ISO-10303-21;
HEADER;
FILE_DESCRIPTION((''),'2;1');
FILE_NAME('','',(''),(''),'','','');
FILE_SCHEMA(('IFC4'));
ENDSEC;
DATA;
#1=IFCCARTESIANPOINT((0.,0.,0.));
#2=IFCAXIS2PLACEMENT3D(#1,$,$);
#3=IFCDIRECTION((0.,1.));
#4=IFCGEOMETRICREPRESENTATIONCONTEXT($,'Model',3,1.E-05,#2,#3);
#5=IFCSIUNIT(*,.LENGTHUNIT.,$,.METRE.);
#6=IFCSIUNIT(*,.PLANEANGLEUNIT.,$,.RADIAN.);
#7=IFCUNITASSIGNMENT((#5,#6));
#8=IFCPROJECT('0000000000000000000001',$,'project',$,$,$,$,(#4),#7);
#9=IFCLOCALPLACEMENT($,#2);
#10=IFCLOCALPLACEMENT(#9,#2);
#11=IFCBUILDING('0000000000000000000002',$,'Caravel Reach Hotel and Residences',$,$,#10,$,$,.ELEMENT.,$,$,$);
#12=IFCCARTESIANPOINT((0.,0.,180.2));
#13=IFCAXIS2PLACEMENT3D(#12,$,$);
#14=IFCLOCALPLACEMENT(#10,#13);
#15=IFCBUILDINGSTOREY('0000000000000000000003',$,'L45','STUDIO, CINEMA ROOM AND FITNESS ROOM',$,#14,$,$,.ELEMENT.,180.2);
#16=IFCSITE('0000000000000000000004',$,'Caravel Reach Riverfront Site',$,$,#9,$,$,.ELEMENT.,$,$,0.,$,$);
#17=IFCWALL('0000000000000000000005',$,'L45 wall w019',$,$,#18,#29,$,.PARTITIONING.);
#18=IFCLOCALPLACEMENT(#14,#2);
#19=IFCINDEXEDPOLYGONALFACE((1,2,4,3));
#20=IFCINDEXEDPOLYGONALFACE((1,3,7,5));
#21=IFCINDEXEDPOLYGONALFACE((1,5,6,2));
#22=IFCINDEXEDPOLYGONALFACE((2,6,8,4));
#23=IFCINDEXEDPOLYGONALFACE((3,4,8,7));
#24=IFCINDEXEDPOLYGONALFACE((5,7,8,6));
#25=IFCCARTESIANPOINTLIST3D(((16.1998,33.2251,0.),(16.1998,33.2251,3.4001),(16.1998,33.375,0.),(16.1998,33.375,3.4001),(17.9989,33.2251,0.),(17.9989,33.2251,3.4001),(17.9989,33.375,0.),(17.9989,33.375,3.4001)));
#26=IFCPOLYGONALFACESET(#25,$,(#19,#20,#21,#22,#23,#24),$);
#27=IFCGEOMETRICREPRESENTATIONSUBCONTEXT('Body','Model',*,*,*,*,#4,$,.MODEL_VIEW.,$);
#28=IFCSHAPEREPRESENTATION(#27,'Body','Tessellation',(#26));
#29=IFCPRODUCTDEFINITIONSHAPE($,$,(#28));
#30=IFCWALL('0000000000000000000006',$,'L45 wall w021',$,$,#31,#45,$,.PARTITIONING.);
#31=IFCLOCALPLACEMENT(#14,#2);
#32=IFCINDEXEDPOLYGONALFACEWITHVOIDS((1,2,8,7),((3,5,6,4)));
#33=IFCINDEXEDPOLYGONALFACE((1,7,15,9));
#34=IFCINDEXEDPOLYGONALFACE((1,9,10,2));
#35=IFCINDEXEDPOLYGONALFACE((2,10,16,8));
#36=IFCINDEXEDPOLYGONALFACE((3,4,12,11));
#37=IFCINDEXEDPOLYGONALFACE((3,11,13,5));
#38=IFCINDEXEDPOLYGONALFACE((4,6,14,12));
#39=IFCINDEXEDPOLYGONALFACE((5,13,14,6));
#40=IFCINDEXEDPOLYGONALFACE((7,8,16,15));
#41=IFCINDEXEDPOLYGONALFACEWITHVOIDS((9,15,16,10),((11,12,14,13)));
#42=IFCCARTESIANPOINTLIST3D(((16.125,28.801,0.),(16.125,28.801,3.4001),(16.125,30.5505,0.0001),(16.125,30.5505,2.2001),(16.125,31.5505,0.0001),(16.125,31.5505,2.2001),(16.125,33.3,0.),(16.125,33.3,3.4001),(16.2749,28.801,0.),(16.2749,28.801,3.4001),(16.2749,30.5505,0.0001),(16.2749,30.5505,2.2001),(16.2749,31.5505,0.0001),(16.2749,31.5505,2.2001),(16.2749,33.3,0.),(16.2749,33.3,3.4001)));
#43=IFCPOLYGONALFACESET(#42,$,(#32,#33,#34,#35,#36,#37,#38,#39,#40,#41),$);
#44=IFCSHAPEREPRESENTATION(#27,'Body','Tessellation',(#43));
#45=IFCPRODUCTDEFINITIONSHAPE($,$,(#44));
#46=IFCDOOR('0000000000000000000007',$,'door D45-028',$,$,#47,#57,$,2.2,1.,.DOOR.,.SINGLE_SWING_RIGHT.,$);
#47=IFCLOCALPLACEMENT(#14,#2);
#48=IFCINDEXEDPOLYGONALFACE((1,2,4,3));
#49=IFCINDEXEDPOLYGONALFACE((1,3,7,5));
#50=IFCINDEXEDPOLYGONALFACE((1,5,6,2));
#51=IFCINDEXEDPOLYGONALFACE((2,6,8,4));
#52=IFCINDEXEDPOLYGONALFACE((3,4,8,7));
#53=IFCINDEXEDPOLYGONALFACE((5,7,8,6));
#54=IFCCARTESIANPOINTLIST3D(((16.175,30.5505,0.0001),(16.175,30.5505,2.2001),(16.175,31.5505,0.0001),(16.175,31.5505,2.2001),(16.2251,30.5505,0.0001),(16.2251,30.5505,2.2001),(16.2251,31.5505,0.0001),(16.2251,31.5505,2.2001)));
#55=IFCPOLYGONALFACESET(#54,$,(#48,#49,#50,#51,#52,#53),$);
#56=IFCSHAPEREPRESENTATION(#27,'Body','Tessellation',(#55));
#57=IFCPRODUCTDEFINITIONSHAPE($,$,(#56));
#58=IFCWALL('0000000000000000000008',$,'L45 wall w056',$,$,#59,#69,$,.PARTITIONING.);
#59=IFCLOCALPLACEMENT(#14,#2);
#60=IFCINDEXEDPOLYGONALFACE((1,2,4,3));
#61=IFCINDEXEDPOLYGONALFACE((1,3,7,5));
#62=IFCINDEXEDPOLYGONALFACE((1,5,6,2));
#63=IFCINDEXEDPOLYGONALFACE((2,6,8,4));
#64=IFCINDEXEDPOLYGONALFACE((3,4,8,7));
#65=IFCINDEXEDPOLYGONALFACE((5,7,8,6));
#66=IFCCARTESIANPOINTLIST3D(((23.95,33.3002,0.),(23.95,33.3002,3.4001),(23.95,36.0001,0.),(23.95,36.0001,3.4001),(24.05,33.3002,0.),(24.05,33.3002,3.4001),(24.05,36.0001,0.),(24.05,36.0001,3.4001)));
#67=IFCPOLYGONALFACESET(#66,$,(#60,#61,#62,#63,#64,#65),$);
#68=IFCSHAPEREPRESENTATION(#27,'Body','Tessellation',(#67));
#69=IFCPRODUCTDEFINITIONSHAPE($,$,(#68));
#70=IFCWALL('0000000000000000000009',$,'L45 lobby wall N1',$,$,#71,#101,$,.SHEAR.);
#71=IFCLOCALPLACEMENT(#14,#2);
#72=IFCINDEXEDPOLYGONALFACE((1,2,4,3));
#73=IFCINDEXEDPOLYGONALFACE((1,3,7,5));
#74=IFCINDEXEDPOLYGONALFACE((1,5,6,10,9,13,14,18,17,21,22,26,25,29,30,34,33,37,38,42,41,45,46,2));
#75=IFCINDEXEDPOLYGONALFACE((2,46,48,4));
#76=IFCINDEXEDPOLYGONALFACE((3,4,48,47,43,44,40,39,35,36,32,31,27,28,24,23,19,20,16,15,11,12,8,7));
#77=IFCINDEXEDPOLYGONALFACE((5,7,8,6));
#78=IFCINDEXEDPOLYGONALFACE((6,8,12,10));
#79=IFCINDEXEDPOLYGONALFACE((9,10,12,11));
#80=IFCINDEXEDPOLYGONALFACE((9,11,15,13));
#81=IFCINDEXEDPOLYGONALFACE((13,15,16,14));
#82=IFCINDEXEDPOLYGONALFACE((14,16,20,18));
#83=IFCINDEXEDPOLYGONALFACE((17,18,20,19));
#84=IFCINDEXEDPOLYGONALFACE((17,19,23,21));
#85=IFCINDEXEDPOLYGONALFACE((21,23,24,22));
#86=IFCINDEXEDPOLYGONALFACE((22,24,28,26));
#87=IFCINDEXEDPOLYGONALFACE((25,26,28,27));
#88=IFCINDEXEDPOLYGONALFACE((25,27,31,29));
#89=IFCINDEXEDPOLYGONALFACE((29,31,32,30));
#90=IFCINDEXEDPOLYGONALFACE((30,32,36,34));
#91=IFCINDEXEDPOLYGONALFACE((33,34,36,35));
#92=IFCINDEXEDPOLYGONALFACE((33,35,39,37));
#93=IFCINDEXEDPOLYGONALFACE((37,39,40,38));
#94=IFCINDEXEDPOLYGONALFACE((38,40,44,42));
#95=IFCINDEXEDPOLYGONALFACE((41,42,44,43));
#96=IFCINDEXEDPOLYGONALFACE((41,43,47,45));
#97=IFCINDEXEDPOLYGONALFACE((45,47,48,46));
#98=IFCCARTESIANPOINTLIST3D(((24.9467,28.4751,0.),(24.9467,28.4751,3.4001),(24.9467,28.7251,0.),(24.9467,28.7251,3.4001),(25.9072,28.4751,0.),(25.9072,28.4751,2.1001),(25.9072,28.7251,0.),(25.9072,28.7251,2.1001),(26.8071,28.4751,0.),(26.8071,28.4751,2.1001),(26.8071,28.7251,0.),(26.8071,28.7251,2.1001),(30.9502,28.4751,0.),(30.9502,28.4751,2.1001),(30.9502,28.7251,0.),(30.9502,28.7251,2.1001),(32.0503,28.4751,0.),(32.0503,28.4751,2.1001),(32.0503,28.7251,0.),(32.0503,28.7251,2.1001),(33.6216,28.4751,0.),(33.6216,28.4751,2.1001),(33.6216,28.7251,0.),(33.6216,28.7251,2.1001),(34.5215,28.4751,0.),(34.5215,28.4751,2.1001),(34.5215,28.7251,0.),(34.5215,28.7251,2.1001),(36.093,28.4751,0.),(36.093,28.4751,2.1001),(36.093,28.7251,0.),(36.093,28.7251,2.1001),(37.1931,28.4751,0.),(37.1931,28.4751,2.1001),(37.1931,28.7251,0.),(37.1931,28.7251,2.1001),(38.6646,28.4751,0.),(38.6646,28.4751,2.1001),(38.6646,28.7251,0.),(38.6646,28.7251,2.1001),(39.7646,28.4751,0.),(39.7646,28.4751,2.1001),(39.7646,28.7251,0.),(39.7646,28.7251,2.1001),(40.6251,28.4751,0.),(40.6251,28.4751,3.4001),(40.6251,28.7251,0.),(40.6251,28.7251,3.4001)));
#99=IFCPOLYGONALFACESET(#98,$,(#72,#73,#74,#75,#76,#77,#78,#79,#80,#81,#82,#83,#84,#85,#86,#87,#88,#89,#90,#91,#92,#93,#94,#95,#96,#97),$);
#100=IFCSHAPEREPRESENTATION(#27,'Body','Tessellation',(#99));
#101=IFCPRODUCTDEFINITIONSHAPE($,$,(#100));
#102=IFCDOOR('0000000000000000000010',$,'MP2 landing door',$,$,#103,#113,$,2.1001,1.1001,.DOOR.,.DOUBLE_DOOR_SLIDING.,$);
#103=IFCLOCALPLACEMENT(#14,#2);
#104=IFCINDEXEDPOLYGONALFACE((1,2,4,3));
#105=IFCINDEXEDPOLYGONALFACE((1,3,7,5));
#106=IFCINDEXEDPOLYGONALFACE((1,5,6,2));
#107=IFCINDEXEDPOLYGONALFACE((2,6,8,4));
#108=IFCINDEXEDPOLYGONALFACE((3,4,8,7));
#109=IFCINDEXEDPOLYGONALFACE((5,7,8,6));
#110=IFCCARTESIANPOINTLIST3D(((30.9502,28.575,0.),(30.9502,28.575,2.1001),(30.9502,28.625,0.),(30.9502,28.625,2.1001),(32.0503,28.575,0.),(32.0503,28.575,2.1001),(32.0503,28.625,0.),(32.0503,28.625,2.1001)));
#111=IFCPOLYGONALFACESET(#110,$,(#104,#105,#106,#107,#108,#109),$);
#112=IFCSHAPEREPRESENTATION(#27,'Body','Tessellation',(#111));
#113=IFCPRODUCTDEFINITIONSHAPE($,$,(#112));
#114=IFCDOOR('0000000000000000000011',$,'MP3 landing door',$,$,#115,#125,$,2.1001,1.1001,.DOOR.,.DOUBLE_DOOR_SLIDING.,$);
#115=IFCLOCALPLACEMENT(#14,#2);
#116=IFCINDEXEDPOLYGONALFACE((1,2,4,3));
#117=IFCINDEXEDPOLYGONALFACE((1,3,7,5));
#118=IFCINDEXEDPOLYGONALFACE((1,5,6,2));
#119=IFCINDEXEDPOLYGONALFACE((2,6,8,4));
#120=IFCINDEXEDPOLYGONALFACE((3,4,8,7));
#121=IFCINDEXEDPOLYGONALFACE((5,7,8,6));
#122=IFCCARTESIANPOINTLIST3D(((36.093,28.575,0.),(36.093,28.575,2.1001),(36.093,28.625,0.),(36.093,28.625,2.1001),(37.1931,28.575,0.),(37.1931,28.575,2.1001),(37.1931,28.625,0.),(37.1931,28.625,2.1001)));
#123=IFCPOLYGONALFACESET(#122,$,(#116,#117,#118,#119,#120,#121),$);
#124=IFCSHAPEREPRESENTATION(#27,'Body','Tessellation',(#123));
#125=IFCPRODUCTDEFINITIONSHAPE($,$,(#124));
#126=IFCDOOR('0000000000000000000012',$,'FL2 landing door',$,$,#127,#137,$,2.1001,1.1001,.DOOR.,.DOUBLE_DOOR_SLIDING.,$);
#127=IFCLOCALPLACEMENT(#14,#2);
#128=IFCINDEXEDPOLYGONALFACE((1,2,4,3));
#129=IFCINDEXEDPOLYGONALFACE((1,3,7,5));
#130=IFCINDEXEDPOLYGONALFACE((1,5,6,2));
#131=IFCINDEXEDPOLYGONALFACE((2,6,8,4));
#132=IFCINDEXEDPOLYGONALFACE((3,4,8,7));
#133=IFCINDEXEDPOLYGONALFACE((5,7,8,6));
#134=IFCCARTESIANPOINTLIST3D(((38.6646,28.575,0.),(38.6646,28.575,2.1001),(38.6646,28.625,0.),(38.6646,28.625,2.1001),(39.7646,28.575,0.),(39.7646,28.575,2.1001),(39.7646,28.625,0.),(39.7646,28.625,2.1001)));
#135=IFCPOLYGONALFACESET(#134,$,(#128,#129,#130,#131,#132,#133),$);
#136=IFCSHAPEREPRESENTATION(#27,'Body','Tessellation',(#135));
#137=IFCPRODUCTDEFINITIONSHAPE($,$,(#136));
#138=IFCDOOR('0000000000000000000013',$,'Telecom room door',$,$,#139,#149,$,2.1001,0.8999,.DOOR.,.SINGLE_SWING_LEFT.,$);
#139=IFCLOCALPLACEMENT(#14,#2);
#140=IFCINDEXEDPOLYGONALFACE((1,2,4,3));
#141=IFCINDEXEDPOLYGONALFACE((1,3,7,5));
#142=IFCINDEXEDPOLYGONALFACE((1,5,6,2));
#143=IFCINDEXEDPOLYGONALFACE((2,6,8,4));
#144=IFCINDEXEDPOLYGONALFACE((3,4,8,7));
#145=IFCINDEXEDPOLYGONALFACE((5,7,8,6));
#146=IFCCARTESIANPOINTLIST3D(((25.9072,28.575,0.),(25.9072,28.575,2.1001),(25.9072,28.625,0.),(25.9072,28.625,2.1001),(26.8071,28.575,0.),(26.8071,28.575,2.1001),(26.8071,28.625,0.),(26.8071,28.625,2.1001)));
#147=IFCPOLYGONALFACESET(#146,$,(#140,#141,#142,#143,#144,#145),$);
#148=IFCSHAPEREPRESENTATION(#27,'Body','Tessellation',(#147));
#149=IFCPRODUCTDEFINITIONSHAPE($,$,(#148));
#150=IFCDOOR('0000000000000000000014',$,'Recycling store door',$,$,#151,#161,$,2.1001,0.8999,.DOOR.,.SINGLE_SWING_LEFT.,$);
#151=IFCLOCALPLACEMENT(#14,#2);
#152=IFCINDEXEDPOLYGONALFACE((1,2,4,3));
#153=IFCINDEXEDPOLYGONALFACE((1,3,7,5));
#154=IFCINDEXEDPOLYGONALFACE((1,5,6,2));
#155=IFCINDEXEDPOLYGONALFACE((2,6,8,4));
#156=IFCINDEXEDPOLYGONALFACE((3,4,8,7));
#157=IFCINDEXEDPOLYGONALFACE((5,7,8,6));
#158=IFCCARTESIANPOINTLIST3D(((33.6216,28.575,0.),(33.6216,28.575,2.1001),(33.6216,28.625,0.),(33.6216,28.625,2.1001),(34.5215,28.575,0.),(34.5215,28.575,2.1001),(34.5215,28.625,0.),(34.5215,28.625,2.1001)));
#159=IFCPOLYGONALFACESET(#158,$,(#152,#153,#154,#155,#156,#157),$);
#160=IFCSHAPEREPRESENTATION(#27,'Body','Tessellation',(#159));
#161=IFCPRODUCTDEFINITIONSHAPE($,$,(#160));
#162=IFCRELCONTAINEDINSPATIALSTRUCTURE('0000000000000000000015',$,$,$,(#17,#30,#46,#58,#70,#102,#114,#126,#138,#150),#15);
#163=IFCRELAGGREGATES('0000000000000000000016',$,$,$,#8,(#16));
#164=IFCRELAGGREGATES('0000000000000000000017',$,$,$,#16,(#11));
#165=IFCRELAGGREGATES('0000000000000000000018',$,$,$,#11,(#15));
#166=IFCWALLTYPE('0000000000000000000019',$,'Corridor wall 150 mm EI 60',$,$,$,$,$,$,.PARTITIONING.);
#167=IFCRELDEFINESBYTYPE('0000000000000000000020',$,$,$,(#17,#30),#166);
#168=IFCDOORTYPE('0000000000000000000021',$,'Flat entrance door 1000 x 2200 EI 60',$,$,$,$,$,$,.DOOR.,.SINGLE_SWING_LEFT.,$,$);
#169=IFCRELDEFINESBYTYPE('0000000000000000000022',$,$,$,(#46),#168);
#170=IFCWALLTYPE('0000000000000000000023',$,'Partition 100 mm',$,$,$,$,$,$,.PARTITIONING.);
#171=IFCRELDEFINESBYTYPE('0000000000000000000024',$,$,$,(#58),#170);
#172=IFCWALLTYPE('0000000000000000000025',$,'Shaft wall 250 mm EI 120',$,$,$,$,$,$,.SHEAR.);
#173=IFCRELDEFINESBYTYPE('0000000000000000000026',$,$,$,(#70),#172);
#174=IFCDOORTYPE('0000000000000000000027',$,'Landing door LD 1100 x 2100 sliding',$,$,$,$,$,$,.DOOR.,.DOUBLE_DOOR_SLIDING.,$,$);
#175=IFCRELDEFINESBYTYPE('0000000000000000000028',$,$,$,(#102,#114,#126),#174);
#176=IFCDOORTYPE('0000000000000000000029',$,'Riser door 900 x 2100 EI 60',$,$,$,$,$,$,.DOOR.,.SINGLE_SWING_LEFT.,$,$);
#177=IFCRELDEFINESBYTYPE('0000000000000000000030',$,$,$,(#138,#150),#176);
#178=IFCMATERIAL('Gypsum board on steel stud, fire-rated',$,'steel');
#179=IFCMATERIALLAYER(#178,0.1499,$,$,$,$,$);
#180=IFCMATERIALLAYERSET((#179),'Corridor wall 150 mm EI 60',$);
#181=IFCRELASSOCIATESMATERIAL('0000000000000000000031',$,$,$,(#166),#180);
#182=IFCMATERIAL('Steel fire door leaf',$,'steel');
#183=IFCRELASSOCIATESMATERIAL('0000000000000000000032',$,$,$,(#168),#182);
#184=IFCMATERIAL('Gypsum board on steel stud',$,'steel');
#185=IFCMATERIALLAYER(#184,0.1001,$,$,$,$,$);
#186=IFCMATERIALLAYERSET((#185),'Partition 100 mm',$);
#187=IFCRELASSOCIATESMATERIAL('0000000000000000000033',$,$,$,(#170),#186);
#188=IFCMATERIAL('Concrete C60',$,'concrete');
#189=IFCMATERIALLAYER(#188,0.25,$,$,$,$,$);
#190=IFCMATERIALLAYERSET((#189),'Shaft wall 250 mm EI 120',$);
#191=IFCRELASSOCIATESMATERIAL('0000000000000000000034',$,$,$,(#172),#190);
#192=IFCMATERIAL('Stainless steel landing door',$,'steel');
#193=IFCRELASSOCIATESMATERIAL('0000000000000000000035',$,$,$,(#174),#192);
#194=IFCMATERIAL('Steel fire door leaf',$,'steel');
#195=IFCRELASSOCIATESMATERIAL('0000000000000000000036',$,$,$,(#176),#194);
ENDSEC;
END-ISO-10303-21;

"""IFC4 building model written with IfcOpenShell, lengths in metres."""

from ifc_helpers import new_model, si_unit, direction, frame, frame_2d, origin, place, context, subcontext, project, spatial, rectangle, extrude, material, layer, layer_set, type_object, element, fill, save


model = new_model("IFC4")

# Units and contexts
model_context = context("Model", 3, precision=1e-05, world=origin(), true_north=direction((0.0, 1.0)))
body_context = subcontext(model_context, "Body", "Model", "MODEL_VIEW")
ifc_project = project(units=[si_unit("LENGTHUNIT", "METRE"), si_unit("PLANEANGLEUNIT", "RADIAN")], contexts=[model_context])

# Site, building, storey
site_placement = place(None, origin())
site = spatial("IfcSite", under=ifc_project, at=site_placement, Name="Caravel Reach Riverfront Site", CompositionType="ELEMENT", RefElevation=0.0)
building_placement = place(site_placement, origin())
building = spatial("IfcBuilding", under=site, at=building_placement, Name="Caravel Reach Hotel and Residences", CompositionType="ELEMENT")
storey_placement = place(building_placement, frame((0.0, 0.0, 180.2)))
storey = spatial("IfcBuildingStorey", under=building, at=storey_placement, Name="L45", Description="STUDIO, CINEMA ROOM AND FITNESS ROOM", CompositionType="ELEMENT", Elevation=180.2)

# Shared definitions
ifc_material_1 = material(Name="Gypsum board on steel stud, fire-rated", Category="steel")
ifc_layer_1 = layer(ifc_material_1, 0.1499)
ifc_layer_set_1 = layer_set([ifc_layer_1], Name="Corridor wall 150 mm EI 60")
wall_type_1 = type_object("IfcWallType", Name="Corridor wall 150 mm EI 60", PredefinedType="PARTITIONING", material=ifc_layer_set_1)
ifc_material_2 = material(Name="Steel fire door leaf", Category="steel")
door_type_1 = type_object("IfcDoorType", Name="Flat entrance door 1000 x 2200 EI 60", OperationType="SINGLE_SWING_LEFT", PredefinedType="DOOR", material=ifc_material_2)

# Wall
wall_1_placement = place(storey_placement, frame((16.2, 33.3, 0.0), z_axis=(0.0, 0.0, 1.0), x_axis=(1.0, 0.0, 0.0)))
element("IfcWall", 1, at=wall_1_placement, inside=storey, type_object=wall_type_1, Name="L45 wall w019", PredefinedType="PARTITIONING", context=body_context, shape_type="SweptSolid", body=[
    extrude(rectangle(XDim=1.7991, YDim=0.1499, at=frame_2d((0.8994, 0.0))), origin(), (0.0, 0.0, 1.0), 3.4001),
])

# Wall, opening, door
wall_2_placement = place(storey_placement, frame((16.2, 28.801, 0.0), z_axis=(0.0, 0.0, 1.0), x_axis=(0.0, 1.0, 0.0)))
wall_2 = element("IfcWall", 2, at=wall_2_placement, inside=storey, type_object=wall_type_1, Name="L45 wall w021", PredefinedType="PARTITIONING", context=body_context, shape_type="SweptSolid", body=[
    extrude(rectangle(XDim=4.499, YDim=0.1499, at=frame_2d((2.2495, 0.0))), origin(), (0.0, 0.0, 1.0), 3.4001),
])
opening_1_placement = place(wall_2_placement, frame((1.7495, 0.0, 0.0)))
opening_1 = element("IfcOpeningElement", 3, at=opening_1_placement, cuts=wall_2, PredefinedType="OPENING", context=body_context, shape_type="SweptSolid", body=[
    extrude(rectangle(XDim=1.0, YDim=2.2, at=frame_2d((0.5, 1.1001))), frame((0.0, 0.085, 0.0), z_axis=(0.0, -1.0, 0.0), x_axis=(1.0, 0.0, 0.0)), (0.0, 0.0, 1.0), 0.1699),
])
door_1_placement = place(opening_1_placement, origin())
door_1 = element("IfcDoor", 4, at=door_1_placement, inside=storey, type_object=door_type_1, Name="door D45-028", OperationType="SINGLE_SWING_RIGHT", OverallHeight=2.2, OverallWidth=1.0, PredefinedType="DOOR", context=body_context, shape_type="SweptSolid", body=[
    extrude(rectangle(XDim=1.0, YDim=2.2, at=frame_2d((0.5, 1.1001))), frame((0.0, 0.0249, 0.0), z_axis=(0.0, -1.0, 0.0), x_axis=(1.0, 0.0, 0.0)), (0.0, 0.0, 1.0), 0.05),
])
fill(opening_1, door_1)

# Wall
ifc_material_3 = material(Name="Gypsum board on steel stud", Category="steel")
ifc_layer_2 = layer(ifc_material_3, 0.1001)
ifc_layer_set_2 = layer_set([ifc_layer_2], Name="Partition 100 mm")
wall_type_2 = type_object("IfcWallType", Name="Partition 100 mm", PredefinedType="PARTITIONING", material=ifc_layer_set_2)
wall_3_placement = place(storey_placement, frame((24.0, 33.3, 0.0), z_axis=(0.0, 0.0, 1.0), x_axis=(0.0, 1.0, 0.0)))
element("IfcWall", 5, at=wall_3_placement, inside=storey, type_object=wall_type_2, Name="L45 wall w056", PredefinedType="PARTITIONING", context=body_context, shape_type="SweptSolid", body=[
    extrude(rectangle(XDim=2.7, YDim=0.1001, at=frame_2d((1.3501, 0.0))), origin(), (0.0, 0.0, 1.0), 3.4001),
])

# Wall, openings, doors
ifc_material_4 = material(Name="Concrete C60", Category="concrete")
ifc_layer_3 = layer(ifc_material_4, 0.25)
ifc_layer_set_3 = layer_set([ifc_layer_3], Name="Shaft wall 250 mm EI 120")
wall_type_3 = type_object("IfcWallType", Name="Shaft wall 250 mm EI 120", PredefinedType="SHEAR", material=ifc_layer_set_3)
wall_4_placement = place(storey_placement, frame((24.9465, 28.6001, 0.0), z_axis=(0.0, 0.0, 1.0), x_axis=(1.0, 0.0, 0.0)))
wall_4 = element("IfcWall", 6, at=wall_4_placement, inside=storey, type_object=wall_type_3, Name="L45 lobby wall N1", PredefinedType="SHEAR", context=body_context, shape_type="SweptSolid", body=[
    extrude(rectangle(XDim=15.6785, YDim=0.25, at=frame_2d((7.8394, 0.0))), origin(), (0.0, 0.0, 1.0), 3.4001),
])
opening_2_placement = place(wall_4_placement, frame((6.0037, 0.0, 0.0)))
opening_2 = element("IfcOpeningElement", 7, at=opening_2_placement, cuts=wall_4, PredefinedType="OPENING", context=body_context, shape_type="SweptSolid", body=[
    extrude(rectangle(XDim=1.1001, YDim=2.1001, at=frame_2d((0.55, 1.05))), frame((0.0, 0.135, 0.0), z_axis=(0.0, -1.0, 0.0), x_axis=(1.0, 0.0, 0.0)), (0.0, 0.0, 1.0), 0.27),
])
opening_3_placement = place(wall_4_placement, frame((11.1465, 0.0, 0.0)))
opening_3 = element("IfcOpeningElement", 8, at=opening_3_placement, cuts=wall_4, PredefinedType="OPENING", context=body_context, shape_type="SweptSolid", body=[
    extrude(rectangle(XDim=1.1001, YDim=2.1001, at=frame_2d((0.55, 1.05))), frame((0.0, 0.135, 0.0), z_axis=(0.0, -1.0, 0.0), x_axis=(1.0, 0.0, 0.0)), (0.0, 0.0, 1.0), 0.27),
])
opening_4_placement = place(wall_4_placement, frame((13.718, 0.0, 0.0)))
opening_4 = element("IfcOpeningElement", 9, at=opening_4_placement, cuts=wall_4, PredefinedType="OPENING", context=body_context, shape_type="SweptSolid", body=[
    extrude(rectangle(XDim=1.1001, YDim=2.1001, at=frame_2d((0.55, 1.05))), frame((0.0, 0.135, 0.0), z_axis=(0.0, -1.0, 0.0), x_axis=(1.0, 0.0, 0.0)), (0.0, 0.0, 1.0), 0.27),
])
opening_5_placement = place(wall_4_placement, frame((0.9607, 0.0, 0.0)))
opening_5 = element("IfcOpeningElement", 10, at=opening_5_placement, cuts=wall_4, PredefinedType="OPENING", context=body_context, shape_type="SweptSolid", body=[
    extrude(rectangle(XDim=0.8999, YDim=2.1001, at=frame_2d((0.45, 1.05))), frame((0.0, 0.135, 0.0), z_axis=(0.0, -1.0, 0.0), x_axis=(1.0, 0.0, 0.0)), (0.0, 0.0, 1.0), 0.27),
])
opening_6_placement = place(wall_4_placement, frame((8.675, 0.0, 0.0)))
opening_6 = element("IfcOpeningElement", 11, at=opening_6_placement, cuts=wall_4, PredefinedType="OPENING", context=body_context, shape_type="SweptSolid", body=[
    extrude(rectangle(XDim=0.8999, YDim=2.1001, at=frame_2d((0.45, 1.05))), frame((0.0, 0.135, 0.0), z_axis=(0.0, -1.0, 0.0), x_axis=(1.0, 0.0, 0.0)), (0.0, 0.0, 1.0), 0.27),
])
ifc_material_5 = material(Name="Stainless steel landing door", Category="steel")
door_type_2 = type_object("IfcDoorType", Name="Landing door LD 1100 x 2100 sliding", OperationType="DOUBLE_DOOR_SLIDING", PredefinedType="DOOR", material=ifc_material_5)
door_2_placement = place(opening_2_placement, origin())
door_2 = element("IfcDoor", 12, at=door_2_placement, inside=storey, type_object=door_type_2, Name="MP2 landing door", OperationType="DOUBLE_DOOR_SLIDING", OverallHeight=2.1001, OverallWidth=1.1001, PredefinedType="DOOR", context=body_context, shape_type="SweptSolid", body=[
    extrude(rectangle(XDim=1.1001, YDim=2.1001, at=frame_2d((0.55, 1.05))), frame((0.0, 0.0249, 0.0), z_axis=(0.0, -1.0, 0.0), x_axis=(1.0, 0.0, 0.0)), (0.0, 0.0, 1.0), 0.05),
])
fill(opening_2, door_2)
door_3_placement = place(opening_3_placement, origin())
door_3 = element("IfcDoor", 13, at=door_3_placement, inside=storey, type_object=door_type_2, Name="MP3 landing door", OperationType="DOUBLE_DOOR_SLIDING", OverallHeight=2.1001, OverallWidth=1.1001, PredefinedType="DOOR", context=body_context, shape_type="SweptSolid", body=[
    extrude(rectangle(XDim=1.1001, YDim=2.1001, at=frame_2d((0.55, 1.05))), frame((0.0, 0.0249, 0.0), z_axis=(0.0, -1.0, 0.0), x_axis=(1.0, 0.0, 0.0)), (0.0, 0.0, 1.0), 0.05),
])
fill(opening_3, door_3)
door_4_placement = place(opening_4_placement, origin())
door_4 = element("IfcDoor", 14, at=door_4_placement, inside=storey, type_object=door_type_2, Name="FL2 landing door", OperationType="DOUBLE_DOOR_SLIDING", OverallHeight=2.1001, OverallWidth=1.1001, PredefinedType="DOOR", context=body_context, shape_type="SweptSolid", body=[
    extrude(rectangle(XDim=1.1001, YDim=2.1001, at=frame_2d((0.55, 1.05))), frame((0.0, 0.0249, 0.0), z_axis=(0.0, -1.0, 0.0), x_axis=(1.0, 0.0, 0.0)), (0.0, 0.0, 1.0), 0.05),
])
fill(opening_4, door_4)
ifc_material_6 = material(Name="Steel fire door leaf", Category="steel")
door_type_3 = type_object("IfcDoorType", Name="Riser door 900 x 2100 EI 60", OperationType="SINGLE_SWING_LEFT", PredefinedType="DOOR", material=ifc_material_6)
door_5_placement = place(opening_5_placement, origin())
door_5 = element("IfcDoor", 15, at=door_5_placement, inside=storey, type_object=door_type_3, Name="Telecom room door", OperationType="SINGLE_SWING_LEFT", OverallHeight=2.1001, OverallWidth=0.8999, PredefinedType="DOOR", context=body_context, shape_type="SweptSolid", body=[
    extrude(rectangle(XDim=0.8999, YDim=2.1001, at=frame_2d((0.45, 1.05))), frame((0.0, 0.0249, 0.0), z_axis=(0.0, -1.0, 0.0), x_axis=(1.0, 0.0, 0.0)), (0.0, 0.0, 1.0), 0.05),
])
fill(opening_5, door_5)
door_6_placement = place(opening_6_placement, origin())
door_6 = element("IfcDoor", 16, at=door_6_placement, inside=storey, type_object=door_type_3, Name="Recycling store door", OperationType="SINGLE_SWING_LEFT", OverallHeight=2.1001, OverallWidth=0.8999, PredefinedType="DOOR", context=body_context, shape_type="SweptSolid", body=[
    extrude(rectangle(XDim=0.8999, YDim=2.1001, at=frame_2d((0.45, 1.05))), frame((0.0, 0.0249, 0.0), z_axis=(0.0, -1.0, 0.0), x_axis=(1.0, 0.0, 0.0)), (0.0, 0.0, 1.0), 0.05),
])
fill(opening_6, door_6)

save(model, "model.ifc")
